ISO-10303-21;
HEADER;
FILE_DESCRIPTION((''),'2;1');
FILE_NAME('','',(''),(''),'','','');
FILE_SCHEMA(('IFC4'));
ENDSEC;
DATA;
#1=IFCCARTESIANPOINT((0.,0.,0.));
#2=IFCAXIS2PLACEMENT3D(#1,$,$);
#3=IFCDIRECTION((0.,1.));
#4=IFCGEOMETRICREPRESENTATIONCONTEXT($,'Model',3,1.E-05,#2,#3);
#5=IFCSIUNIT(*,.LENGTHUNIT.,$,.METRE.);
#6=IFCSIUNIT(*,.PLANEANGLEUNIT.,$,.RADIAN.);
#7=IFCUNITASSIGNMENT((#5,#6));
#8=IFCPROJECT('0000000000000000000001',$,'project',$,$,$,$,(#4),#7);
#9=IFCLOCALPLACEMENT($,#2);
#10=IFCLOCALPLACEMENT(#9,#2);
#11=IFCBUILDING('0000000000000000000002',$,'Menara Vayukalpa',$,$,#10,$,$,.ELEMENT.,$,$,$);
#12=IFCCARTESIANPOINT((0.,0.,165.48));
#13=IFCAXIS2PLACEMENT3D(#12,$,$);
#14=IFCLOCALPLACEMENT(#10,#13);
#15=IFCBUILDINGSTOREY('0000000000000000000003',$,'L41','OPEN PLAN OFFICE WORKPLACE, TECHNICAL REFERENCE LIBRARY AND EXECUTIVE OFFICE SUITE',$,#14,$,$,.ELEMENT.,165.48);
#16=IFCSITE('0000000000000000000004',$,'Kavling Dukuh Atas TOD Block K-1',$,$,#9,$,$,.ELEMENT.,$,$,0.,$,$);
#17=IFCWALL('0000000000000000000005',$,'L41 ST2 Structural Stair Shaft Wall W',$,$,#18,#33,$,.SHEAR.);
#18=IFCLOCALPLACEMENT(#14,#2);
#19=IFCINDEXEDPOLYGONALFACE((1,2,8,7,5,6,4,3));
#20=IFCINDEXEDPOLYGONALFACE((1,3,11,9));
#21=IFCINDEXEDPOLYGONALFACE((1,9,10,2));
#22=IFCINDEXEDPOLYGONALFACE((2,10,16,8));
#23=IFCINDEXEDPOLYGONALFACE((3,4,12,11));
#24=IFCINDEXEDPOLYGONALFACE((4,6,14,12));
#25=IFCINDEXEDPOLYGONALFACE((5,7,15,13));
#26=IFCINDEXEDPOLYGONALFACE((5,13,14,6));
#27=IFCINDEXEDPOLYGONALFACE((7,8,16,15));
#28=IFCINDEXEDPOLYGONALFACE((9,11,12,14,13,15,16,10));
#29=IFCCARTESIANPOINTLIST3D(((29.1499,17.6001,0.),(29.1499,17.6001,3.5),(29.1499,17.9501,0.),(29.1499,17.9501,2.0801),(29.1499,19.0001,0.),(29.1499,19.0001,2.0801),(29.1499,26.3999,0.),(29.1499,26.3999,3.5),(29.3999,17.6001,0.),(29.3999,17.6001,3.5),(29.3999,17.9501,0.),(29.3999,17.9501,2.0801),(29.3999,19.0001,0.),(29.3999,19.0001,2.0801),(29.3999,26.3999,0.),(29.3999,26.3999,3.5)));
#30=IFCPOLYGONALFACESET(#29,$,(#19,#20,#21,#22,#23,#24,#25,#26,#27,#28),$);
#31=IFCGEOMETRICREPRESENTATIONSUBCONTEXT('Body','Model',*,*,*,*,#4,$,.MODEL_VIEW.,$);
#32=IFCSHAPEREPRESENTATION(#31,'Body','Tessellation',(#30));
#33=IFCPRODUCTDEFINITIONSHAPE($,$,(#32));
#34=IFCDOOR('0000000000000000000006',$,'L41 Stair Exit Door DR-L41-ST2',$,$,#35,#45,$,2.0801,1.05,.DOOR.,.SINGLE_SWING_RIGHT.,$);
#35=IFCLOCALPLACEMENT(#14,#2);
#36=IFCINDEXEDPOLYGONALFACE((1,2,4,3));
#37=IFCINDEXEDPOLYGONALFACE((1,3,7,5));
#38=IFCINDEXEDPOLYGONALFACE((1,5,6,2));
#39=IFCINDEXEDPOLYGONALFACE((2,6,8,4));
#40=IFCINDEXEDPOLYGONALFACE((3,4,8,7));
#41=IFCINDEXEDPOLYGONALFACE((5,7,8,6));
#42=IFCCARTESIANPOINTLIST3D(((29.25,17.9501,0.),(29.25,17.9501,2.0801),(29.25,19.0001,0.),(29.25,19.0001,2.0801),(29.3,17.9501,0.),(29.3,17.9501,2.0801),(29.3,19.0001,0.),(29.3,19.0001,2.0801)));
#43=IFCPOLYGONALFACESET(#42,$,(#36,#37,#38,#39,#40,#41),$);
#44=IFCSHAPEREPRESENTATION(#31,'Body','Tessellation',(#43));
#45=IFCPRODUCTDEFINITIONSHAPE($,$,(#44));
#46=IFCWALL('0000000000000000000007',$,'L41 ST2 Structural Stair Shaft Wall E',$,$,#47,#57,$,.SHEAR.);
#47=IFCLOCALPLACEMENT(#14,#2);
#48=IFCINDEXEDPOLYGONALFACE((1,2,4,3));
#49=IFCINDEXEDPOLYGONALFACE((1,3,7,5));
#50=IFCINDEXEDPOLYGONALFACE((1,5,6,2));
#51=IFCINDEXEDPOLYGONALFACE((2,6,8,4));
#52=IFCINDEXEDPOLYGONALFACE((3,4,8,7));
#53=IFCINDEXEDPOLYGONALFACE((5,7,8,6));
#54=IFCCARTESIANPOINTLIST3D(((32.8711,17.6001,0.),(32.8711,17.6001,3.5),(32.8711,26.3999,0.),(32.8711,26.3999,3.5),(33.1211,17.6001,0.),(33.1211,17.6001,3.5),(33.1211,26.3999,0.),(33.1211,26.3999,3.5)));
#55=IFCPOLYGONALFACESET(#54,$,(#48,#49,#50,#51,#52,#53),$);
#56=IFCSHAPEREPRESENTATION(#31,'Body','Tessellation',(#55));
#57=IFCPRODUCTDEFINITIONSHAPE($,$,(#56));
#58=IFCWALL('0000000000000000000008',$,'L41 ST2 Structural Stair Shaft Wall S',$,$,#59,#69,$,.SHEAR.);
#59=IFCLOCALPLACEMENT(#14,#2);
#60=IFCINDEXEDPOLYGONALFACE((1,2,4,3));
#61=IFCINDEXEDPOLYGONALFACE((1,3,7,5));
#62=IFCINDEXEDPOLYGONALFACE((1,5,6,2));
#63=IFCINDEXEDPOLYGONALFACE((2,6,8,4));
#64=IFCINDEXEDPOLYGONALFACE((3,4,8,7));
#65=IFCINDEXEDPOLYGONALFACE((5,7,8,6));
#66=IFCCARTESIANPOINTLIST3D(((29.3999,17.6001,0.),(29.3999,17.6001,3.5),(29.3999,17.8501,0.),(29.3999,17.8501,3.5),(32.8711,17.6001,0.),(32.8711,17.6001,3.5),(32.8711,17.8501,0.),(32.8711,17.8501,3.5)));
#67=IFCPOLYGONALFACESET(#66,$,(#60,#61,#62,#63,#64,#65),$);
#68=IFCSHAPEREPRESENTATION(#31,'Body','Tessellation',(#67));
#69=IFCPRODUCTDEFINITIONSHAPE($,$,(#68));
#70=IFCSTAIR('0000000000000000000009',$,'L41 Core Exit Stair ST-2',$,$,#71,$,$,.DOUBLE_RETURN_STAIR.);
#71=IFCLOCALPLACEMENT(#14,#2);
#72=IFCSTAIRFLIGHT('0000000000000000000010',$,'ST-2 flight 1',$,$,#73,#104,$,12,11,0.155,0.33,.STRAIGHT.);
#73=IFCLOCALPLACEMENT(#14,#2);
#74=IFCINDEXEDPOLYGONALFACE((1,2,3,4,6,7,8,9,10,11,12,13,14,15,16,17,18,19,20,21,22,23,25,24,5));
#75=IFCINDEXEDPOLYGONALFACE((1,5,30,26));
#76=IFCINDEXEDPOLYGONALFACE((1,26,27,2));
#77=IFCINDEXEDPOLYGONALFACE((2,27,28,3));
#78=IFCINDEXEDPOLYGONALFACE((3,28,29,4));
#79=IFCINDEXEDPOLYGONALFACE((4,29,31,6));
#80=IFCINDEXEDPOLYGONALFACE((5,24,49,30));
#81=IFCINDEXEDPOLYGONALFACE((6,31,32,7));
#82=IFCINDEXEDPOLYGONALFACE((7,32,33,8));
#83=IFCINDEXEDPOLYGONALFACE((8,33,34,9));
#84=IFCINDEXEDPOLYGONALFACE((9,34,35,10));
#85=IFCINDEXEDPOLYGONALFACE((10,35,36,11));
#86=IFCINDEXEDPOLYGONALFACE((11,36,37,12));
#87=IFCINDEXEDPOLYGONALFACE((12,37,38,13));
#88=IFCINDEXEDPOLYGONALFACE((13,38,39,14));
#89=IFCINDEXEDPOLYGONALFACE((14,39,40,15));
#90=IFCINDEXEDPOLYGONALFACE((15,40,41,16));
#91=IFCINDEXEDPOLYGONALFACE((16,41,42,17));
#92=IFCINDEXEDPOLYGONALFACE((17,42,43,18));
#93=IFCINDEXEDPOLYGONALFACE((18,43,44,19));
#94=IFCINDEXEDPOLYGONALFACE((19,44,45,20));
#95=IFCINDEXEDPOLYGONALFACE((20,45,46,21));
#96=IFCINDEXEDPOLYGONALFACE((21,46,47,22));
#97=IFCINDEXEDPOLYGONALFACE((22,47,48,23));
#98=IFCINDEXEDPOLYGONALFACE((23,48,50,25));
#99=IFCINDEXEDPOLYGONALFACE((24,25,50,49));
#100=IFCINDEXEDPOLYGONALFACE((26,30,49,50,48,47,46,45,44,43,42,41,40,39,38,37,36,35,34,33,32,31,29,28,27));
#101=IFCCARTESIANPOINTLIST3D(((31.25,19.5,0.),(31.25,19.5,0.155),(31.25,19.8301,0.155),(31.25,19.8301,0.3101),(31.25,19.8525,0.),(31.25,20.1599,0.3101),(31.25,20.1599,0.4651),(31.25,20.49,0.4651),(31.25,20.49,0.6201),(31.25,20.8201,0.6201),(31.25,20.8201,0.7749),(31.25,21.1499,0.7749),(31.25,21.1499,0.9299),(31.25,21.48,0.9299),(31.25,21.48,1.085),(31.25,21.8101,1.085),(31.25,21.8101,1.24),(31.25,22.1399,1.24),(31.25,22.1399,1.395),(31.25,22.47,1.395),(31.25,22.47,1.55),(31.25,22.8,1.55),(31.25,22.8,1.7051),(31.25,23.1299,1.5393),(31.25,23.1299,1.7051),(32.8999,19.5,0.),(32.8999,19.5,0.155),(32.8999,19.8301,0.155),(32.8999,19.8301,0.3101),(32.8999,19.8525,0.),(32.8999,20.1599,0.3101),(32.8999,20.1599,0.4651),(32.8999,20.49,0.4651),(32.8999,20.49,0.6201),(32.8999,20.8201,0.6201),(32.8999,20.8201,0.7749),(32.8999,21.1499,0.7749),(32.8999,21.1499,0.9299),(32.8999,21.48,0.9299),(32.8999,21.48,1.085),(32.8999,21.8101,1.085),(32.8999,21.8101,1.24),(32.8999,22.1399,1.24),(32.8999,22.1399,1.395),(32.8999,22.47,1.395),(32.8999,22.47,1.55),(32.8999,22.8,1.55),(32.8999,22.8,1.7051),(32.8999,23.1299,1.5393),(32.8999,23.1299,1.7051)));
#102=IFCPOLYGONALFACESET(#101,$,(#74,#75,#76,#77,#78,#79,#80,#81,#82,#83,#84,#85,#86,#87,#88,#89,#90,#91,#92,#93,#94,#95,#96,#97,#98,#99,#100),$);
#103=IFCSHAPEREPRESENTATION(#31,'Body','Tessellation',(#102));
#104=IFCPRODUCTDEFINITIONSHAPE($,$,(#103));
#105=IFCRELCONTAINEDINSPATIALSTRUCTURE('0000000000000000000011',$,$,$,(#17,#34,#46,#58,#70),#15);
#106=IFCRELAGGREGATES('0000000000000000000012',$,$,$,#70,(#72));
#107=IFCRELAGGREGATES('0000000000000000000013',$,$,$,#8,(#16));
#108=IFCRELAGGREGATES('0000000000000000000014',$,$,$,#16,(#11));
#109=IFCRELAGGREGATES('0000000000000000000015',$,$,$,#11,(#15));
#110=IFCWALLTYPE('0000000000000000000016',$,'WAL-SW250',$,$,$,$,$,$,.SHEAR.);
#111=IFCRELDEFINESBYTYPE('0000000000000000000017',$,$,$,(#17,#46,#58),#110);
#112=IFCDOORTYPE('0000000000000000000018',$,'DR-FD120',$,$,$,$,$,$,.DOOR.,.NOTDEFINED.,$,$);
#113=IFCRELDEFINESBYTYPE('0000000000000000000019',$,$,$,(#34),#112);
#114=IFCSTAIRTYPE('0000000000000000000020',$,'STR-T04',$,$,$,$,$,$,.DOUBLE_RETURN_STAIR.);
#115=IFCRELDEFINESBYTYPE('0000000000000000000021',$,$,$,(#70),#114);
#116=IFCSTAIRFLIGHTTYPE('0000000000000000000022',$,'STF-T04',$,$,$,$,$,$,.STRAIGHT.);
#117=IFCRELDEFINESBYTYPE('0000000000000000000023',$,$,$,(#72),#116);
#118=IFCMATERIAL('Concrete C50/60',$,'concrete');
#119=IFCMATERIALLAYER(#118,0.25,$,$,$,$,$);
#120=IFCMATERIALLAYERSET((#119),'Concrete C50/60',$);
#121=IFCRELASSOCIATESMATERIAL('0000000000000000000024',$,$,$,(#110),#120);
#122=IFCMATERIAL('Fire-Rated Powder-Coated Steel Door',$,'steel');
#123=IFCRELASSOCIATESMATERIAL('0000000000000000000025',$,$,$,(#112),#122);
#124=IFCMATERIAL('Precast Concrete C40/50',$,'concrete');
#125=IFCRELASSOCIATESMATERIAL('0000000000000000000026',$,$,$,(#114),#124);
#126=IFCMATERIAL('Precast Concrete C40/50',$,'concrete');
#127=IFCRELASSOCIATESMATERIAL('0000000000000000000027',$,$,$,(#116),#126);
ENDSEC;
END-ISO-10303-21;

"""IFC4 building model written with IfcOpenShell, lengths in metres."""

from ifc_helpers import new_model, si_unit, direction, frame, frame_2d, origin, place, context, subcontext, project, spatial, polyline, rectangle, outline, extrude, material, layer, layer_set, type_object, element, fill, aggregate, save


model = new_model("IFC4")

# Units and contexts
model_context = context("Model", 3, precision=1e-05, world=origin(), true_north=direction((0.0, 1.0)))
body_context = subcontext(model_context, "Body", "Model", "MODEL_VIEW")
ifc_project = project(units=[si_unit("LENGTHUNIT", "METRE"), si_unit("PLANEANGLEUNIT", "RADIAN")], contexts=[model_context])

# Site, building, storey
site_placement = place(None, origin())
site = spatial("IfcSite", under=ifc_project, at=site_placement, Name="Kavling Dukuh Atas TOD Block K-1", CompositionType="ELEMENT", RefElevation=0.0)
building_placement = place(site_placement, origin())
building = spatial("IfcBuilding", under=site, at=building_placement, Name="Menara Vayukalpa", CompositionType="ELEMENT")
storey_placement = place(building_placement, frame((0.0, 0.0, 165.48)))
storey = spatial("IfcBuildingStorey", under=building, at=storey_placement, Name="L41", Description="OPEN PLAN OFFICE WORKPLACE, TECHNICAL REFERENCE LIBRARY AND EXECUTIVE OFFICE SUITE", CompositionType="ELEMENT", Elevation=165.48)

# Wall, opening, door
ifc_material_1 = material(Name="Concrete C50/60", Category="concrete")
ifc_layer_1 = layer(ifc_material_1, 0.25)
ifc_layer_set_1 = layer_set([ifc_layer_1], Name="Concrete C50/60")
wall_type_1 = type_object("IfcWallType", Name="WAL-SW250", PredefinedType="SHEAR", material=ifc_layer_set_1)
wall_1_placement = place(storey_placement, frame((29.2749, 17.6001, 0.0), z_axis=(0.0, 0.0, 1.0), x_axis=(0.0, 1.0, 0.0)))
wall_1 = element("IfcWall", 1, at=wall_1_placement, inside=storey, type_object=wall_type_1, Name="L41 ST2 Structural Stair Shaft Wall W", PredefinedType="SHEAR", context=body_context, shape_type="SweptSolid", body=[
    extrude(rectangle(XDim=8.7998, YDim=0.25, at=frame_2d((4.3999, 0.0))), origin(), (0.0, 0.0, 1.0), 3.5),
])
opening_1_placement = place(wall_1_placement, frame((0.3501, 0.0, 0.0)))
opening_1 = element("IfcOpeningElement", 2, at=opening_1_placement, cuts=wall_1, PredefinedType="OPENING", context=body_context, shape_type="SweptSolid", body=[
    extrude(rectangle(XDim=1.05, YDim=2.0801, at=frame_2d((0.5249, 1.04))), frame((0.0, 0.135, 0.0), z_axis=(0.0, -1.0, 0.0), x_axis=(1.0, 0.0, 0.0)), (0.0, 0.0, 1.0), 0.27),
])
ifc_material_2 = material(Name="Fire-Rated Powder-Coated Steel Door", Category="steel")
door_type_1 = type_object("IfcDoorType", Name="DR-FD120", OperationType="NOTDEFINED", PredefinedType="DOOR", material=ifc_material_2)
door_1_placement = place(opening_1_placement, origin())
door_1 = element("IfcDoor", 3, at=door_1_placement, inside=storey, type_object=door_type_1, Name="L41 Stair Exit Door DR-L41-ST2", OperationType="SINGLE_SWING_RIGHT", OverallHeight=2.0801, OverallWidth=1.05, PredefinedType="DOOR", context=body_context, shape_type="SweptSolid", body=[
    extrude(rectangle(XDim=1.05, YDim=2.0801, at=frame_2d((0.5249, 1.04))), frame((0.0, 0.0249, 0.0), z_axis=(0.0, -1.0, 0.0), x_axis=(1.0, 0.0, 0.0)), (0.0, 0.0, 1.0), 0.05),
])
fill(opening_1, door_1)

# Walls
wall_2_placement = place(storey_placement, frame((32.9961, 17.6001, 0.0), z_axis=(0.0, 0.0, 1.0), x_axis=(0.0, 1.0, 0.0)))
element("IfcWall", 4, at=wall_2_placement, inside=storey, type_object=wall_type_1, Name="L41 ST2 Structural Stair Shaft Wall E", PredefinedType="SHEAR", context=body_context, shape_type="SweptSolid", body=[
    extrude(rectangle(XDim=8.7998, YDim=0.25, at=frame_2d((4.3999, 0.0))), origin(), (0.0, 0.0, 1.0), 3.5),
])
wall_3_placement = place(storey_placement, frame((29.3999, 17.7251, 0.0), z_axis=(0.0, 0.0, 1.0), x_axis=(1.0, 0.0, 0.0)))
element("IfcWall", 5, at=wall_3_placement, inside=storey, type_object=wall_type_1, Name="L41 ST2 Structural Stair Shaft Wall S", PredefinedType="SHEAR", context=body_context, shape_type="SweptSolid", body=[
    extrude(rectangle(XDim=3.4712, YDim=0.25, at=frame_2d((1.7356, 0.0))), origin(), (0.0, 0.0, 1.0), 3.5),
])

# Stair, stair flight
ifc_material_3 = material(Name="Precast Concrete C40/50", Category="concrete")
stair_type = type_object("IfcStairType", Name="STR-T04", PredefinedType="DOUBLE_RETURN_STAIR", material=ifc_material_3)
stair_placement = place(storey_placement, origin())
stair = element("IfcStair", 6, at=stair_placement, inside=storey, type_object=stair_type, Name="L41 Core Exit Stair ST-2", PredefinedType="DOUBLE_RETURN_STAIR")
ifc_material_4 = material(Name="Precast Concrete C40/50", Category="concrete")
stair_flight_type = type_object("IfcStairFlightType", Name="STF-T04", PredefinedType="STRAIGHT", material=ifc_material_4)
stair_flight_placement = place(storey_placement, frame((32.075, 19.5, 0.0), z_axis=(0.0, 0.0, 1.0), x_axis=(0.0, 1.0, 0.0)))
stair_flight = element("IfcStairFlight", 7, at=stair_flight_placement, type_object=stair_flight_type, Name="ST-2 flight 1", NumberOfRisers=12, NumberOfTreads=11, PredefinedType="STRAIGHT", RiserHeight=0.155, TreadLength=0.33, context=body_context, shape_type="SweptSolid", body=[
    extrude(outline(polyline([(0.0, 0.0), (0.0, 0.155), (0.3301, 0.155), (0.3301, 0.3101), (0.6599, 0.3101), (0.6599, 0.4651), (0.99, 0.4651), (0.99, 0.6201), (1.3201, 0.6201), (1.3201, 0.7749), (1.6499, 0.7749), (1.6499, 0.9299), (1.98, 0.9299), (1.98, 1.085), (2.3101, 1.085), (2.3101, 1.24), (2.6399, 1.24), (2.6399, 1.395), (2.97, 1.395), (2.97, 1.55), (3.3, 1.55), (3.3, 1.7051), (3.6299, 1.7051), (3.6299, 1.8601), (3.6299, 1.5393), (0.3525, 0.0), (0.0, 0.0)])), frame((0.0, 0.825, 0.0), z_axis=(0.0, -1.0, 0.0), x_axis=(1.0, 0.0, 0.0)), (0.0, 0.0, 1.0), 1.6499),
])
aggregate(stair, [stair_flight])

save(model, "model.ifc")
